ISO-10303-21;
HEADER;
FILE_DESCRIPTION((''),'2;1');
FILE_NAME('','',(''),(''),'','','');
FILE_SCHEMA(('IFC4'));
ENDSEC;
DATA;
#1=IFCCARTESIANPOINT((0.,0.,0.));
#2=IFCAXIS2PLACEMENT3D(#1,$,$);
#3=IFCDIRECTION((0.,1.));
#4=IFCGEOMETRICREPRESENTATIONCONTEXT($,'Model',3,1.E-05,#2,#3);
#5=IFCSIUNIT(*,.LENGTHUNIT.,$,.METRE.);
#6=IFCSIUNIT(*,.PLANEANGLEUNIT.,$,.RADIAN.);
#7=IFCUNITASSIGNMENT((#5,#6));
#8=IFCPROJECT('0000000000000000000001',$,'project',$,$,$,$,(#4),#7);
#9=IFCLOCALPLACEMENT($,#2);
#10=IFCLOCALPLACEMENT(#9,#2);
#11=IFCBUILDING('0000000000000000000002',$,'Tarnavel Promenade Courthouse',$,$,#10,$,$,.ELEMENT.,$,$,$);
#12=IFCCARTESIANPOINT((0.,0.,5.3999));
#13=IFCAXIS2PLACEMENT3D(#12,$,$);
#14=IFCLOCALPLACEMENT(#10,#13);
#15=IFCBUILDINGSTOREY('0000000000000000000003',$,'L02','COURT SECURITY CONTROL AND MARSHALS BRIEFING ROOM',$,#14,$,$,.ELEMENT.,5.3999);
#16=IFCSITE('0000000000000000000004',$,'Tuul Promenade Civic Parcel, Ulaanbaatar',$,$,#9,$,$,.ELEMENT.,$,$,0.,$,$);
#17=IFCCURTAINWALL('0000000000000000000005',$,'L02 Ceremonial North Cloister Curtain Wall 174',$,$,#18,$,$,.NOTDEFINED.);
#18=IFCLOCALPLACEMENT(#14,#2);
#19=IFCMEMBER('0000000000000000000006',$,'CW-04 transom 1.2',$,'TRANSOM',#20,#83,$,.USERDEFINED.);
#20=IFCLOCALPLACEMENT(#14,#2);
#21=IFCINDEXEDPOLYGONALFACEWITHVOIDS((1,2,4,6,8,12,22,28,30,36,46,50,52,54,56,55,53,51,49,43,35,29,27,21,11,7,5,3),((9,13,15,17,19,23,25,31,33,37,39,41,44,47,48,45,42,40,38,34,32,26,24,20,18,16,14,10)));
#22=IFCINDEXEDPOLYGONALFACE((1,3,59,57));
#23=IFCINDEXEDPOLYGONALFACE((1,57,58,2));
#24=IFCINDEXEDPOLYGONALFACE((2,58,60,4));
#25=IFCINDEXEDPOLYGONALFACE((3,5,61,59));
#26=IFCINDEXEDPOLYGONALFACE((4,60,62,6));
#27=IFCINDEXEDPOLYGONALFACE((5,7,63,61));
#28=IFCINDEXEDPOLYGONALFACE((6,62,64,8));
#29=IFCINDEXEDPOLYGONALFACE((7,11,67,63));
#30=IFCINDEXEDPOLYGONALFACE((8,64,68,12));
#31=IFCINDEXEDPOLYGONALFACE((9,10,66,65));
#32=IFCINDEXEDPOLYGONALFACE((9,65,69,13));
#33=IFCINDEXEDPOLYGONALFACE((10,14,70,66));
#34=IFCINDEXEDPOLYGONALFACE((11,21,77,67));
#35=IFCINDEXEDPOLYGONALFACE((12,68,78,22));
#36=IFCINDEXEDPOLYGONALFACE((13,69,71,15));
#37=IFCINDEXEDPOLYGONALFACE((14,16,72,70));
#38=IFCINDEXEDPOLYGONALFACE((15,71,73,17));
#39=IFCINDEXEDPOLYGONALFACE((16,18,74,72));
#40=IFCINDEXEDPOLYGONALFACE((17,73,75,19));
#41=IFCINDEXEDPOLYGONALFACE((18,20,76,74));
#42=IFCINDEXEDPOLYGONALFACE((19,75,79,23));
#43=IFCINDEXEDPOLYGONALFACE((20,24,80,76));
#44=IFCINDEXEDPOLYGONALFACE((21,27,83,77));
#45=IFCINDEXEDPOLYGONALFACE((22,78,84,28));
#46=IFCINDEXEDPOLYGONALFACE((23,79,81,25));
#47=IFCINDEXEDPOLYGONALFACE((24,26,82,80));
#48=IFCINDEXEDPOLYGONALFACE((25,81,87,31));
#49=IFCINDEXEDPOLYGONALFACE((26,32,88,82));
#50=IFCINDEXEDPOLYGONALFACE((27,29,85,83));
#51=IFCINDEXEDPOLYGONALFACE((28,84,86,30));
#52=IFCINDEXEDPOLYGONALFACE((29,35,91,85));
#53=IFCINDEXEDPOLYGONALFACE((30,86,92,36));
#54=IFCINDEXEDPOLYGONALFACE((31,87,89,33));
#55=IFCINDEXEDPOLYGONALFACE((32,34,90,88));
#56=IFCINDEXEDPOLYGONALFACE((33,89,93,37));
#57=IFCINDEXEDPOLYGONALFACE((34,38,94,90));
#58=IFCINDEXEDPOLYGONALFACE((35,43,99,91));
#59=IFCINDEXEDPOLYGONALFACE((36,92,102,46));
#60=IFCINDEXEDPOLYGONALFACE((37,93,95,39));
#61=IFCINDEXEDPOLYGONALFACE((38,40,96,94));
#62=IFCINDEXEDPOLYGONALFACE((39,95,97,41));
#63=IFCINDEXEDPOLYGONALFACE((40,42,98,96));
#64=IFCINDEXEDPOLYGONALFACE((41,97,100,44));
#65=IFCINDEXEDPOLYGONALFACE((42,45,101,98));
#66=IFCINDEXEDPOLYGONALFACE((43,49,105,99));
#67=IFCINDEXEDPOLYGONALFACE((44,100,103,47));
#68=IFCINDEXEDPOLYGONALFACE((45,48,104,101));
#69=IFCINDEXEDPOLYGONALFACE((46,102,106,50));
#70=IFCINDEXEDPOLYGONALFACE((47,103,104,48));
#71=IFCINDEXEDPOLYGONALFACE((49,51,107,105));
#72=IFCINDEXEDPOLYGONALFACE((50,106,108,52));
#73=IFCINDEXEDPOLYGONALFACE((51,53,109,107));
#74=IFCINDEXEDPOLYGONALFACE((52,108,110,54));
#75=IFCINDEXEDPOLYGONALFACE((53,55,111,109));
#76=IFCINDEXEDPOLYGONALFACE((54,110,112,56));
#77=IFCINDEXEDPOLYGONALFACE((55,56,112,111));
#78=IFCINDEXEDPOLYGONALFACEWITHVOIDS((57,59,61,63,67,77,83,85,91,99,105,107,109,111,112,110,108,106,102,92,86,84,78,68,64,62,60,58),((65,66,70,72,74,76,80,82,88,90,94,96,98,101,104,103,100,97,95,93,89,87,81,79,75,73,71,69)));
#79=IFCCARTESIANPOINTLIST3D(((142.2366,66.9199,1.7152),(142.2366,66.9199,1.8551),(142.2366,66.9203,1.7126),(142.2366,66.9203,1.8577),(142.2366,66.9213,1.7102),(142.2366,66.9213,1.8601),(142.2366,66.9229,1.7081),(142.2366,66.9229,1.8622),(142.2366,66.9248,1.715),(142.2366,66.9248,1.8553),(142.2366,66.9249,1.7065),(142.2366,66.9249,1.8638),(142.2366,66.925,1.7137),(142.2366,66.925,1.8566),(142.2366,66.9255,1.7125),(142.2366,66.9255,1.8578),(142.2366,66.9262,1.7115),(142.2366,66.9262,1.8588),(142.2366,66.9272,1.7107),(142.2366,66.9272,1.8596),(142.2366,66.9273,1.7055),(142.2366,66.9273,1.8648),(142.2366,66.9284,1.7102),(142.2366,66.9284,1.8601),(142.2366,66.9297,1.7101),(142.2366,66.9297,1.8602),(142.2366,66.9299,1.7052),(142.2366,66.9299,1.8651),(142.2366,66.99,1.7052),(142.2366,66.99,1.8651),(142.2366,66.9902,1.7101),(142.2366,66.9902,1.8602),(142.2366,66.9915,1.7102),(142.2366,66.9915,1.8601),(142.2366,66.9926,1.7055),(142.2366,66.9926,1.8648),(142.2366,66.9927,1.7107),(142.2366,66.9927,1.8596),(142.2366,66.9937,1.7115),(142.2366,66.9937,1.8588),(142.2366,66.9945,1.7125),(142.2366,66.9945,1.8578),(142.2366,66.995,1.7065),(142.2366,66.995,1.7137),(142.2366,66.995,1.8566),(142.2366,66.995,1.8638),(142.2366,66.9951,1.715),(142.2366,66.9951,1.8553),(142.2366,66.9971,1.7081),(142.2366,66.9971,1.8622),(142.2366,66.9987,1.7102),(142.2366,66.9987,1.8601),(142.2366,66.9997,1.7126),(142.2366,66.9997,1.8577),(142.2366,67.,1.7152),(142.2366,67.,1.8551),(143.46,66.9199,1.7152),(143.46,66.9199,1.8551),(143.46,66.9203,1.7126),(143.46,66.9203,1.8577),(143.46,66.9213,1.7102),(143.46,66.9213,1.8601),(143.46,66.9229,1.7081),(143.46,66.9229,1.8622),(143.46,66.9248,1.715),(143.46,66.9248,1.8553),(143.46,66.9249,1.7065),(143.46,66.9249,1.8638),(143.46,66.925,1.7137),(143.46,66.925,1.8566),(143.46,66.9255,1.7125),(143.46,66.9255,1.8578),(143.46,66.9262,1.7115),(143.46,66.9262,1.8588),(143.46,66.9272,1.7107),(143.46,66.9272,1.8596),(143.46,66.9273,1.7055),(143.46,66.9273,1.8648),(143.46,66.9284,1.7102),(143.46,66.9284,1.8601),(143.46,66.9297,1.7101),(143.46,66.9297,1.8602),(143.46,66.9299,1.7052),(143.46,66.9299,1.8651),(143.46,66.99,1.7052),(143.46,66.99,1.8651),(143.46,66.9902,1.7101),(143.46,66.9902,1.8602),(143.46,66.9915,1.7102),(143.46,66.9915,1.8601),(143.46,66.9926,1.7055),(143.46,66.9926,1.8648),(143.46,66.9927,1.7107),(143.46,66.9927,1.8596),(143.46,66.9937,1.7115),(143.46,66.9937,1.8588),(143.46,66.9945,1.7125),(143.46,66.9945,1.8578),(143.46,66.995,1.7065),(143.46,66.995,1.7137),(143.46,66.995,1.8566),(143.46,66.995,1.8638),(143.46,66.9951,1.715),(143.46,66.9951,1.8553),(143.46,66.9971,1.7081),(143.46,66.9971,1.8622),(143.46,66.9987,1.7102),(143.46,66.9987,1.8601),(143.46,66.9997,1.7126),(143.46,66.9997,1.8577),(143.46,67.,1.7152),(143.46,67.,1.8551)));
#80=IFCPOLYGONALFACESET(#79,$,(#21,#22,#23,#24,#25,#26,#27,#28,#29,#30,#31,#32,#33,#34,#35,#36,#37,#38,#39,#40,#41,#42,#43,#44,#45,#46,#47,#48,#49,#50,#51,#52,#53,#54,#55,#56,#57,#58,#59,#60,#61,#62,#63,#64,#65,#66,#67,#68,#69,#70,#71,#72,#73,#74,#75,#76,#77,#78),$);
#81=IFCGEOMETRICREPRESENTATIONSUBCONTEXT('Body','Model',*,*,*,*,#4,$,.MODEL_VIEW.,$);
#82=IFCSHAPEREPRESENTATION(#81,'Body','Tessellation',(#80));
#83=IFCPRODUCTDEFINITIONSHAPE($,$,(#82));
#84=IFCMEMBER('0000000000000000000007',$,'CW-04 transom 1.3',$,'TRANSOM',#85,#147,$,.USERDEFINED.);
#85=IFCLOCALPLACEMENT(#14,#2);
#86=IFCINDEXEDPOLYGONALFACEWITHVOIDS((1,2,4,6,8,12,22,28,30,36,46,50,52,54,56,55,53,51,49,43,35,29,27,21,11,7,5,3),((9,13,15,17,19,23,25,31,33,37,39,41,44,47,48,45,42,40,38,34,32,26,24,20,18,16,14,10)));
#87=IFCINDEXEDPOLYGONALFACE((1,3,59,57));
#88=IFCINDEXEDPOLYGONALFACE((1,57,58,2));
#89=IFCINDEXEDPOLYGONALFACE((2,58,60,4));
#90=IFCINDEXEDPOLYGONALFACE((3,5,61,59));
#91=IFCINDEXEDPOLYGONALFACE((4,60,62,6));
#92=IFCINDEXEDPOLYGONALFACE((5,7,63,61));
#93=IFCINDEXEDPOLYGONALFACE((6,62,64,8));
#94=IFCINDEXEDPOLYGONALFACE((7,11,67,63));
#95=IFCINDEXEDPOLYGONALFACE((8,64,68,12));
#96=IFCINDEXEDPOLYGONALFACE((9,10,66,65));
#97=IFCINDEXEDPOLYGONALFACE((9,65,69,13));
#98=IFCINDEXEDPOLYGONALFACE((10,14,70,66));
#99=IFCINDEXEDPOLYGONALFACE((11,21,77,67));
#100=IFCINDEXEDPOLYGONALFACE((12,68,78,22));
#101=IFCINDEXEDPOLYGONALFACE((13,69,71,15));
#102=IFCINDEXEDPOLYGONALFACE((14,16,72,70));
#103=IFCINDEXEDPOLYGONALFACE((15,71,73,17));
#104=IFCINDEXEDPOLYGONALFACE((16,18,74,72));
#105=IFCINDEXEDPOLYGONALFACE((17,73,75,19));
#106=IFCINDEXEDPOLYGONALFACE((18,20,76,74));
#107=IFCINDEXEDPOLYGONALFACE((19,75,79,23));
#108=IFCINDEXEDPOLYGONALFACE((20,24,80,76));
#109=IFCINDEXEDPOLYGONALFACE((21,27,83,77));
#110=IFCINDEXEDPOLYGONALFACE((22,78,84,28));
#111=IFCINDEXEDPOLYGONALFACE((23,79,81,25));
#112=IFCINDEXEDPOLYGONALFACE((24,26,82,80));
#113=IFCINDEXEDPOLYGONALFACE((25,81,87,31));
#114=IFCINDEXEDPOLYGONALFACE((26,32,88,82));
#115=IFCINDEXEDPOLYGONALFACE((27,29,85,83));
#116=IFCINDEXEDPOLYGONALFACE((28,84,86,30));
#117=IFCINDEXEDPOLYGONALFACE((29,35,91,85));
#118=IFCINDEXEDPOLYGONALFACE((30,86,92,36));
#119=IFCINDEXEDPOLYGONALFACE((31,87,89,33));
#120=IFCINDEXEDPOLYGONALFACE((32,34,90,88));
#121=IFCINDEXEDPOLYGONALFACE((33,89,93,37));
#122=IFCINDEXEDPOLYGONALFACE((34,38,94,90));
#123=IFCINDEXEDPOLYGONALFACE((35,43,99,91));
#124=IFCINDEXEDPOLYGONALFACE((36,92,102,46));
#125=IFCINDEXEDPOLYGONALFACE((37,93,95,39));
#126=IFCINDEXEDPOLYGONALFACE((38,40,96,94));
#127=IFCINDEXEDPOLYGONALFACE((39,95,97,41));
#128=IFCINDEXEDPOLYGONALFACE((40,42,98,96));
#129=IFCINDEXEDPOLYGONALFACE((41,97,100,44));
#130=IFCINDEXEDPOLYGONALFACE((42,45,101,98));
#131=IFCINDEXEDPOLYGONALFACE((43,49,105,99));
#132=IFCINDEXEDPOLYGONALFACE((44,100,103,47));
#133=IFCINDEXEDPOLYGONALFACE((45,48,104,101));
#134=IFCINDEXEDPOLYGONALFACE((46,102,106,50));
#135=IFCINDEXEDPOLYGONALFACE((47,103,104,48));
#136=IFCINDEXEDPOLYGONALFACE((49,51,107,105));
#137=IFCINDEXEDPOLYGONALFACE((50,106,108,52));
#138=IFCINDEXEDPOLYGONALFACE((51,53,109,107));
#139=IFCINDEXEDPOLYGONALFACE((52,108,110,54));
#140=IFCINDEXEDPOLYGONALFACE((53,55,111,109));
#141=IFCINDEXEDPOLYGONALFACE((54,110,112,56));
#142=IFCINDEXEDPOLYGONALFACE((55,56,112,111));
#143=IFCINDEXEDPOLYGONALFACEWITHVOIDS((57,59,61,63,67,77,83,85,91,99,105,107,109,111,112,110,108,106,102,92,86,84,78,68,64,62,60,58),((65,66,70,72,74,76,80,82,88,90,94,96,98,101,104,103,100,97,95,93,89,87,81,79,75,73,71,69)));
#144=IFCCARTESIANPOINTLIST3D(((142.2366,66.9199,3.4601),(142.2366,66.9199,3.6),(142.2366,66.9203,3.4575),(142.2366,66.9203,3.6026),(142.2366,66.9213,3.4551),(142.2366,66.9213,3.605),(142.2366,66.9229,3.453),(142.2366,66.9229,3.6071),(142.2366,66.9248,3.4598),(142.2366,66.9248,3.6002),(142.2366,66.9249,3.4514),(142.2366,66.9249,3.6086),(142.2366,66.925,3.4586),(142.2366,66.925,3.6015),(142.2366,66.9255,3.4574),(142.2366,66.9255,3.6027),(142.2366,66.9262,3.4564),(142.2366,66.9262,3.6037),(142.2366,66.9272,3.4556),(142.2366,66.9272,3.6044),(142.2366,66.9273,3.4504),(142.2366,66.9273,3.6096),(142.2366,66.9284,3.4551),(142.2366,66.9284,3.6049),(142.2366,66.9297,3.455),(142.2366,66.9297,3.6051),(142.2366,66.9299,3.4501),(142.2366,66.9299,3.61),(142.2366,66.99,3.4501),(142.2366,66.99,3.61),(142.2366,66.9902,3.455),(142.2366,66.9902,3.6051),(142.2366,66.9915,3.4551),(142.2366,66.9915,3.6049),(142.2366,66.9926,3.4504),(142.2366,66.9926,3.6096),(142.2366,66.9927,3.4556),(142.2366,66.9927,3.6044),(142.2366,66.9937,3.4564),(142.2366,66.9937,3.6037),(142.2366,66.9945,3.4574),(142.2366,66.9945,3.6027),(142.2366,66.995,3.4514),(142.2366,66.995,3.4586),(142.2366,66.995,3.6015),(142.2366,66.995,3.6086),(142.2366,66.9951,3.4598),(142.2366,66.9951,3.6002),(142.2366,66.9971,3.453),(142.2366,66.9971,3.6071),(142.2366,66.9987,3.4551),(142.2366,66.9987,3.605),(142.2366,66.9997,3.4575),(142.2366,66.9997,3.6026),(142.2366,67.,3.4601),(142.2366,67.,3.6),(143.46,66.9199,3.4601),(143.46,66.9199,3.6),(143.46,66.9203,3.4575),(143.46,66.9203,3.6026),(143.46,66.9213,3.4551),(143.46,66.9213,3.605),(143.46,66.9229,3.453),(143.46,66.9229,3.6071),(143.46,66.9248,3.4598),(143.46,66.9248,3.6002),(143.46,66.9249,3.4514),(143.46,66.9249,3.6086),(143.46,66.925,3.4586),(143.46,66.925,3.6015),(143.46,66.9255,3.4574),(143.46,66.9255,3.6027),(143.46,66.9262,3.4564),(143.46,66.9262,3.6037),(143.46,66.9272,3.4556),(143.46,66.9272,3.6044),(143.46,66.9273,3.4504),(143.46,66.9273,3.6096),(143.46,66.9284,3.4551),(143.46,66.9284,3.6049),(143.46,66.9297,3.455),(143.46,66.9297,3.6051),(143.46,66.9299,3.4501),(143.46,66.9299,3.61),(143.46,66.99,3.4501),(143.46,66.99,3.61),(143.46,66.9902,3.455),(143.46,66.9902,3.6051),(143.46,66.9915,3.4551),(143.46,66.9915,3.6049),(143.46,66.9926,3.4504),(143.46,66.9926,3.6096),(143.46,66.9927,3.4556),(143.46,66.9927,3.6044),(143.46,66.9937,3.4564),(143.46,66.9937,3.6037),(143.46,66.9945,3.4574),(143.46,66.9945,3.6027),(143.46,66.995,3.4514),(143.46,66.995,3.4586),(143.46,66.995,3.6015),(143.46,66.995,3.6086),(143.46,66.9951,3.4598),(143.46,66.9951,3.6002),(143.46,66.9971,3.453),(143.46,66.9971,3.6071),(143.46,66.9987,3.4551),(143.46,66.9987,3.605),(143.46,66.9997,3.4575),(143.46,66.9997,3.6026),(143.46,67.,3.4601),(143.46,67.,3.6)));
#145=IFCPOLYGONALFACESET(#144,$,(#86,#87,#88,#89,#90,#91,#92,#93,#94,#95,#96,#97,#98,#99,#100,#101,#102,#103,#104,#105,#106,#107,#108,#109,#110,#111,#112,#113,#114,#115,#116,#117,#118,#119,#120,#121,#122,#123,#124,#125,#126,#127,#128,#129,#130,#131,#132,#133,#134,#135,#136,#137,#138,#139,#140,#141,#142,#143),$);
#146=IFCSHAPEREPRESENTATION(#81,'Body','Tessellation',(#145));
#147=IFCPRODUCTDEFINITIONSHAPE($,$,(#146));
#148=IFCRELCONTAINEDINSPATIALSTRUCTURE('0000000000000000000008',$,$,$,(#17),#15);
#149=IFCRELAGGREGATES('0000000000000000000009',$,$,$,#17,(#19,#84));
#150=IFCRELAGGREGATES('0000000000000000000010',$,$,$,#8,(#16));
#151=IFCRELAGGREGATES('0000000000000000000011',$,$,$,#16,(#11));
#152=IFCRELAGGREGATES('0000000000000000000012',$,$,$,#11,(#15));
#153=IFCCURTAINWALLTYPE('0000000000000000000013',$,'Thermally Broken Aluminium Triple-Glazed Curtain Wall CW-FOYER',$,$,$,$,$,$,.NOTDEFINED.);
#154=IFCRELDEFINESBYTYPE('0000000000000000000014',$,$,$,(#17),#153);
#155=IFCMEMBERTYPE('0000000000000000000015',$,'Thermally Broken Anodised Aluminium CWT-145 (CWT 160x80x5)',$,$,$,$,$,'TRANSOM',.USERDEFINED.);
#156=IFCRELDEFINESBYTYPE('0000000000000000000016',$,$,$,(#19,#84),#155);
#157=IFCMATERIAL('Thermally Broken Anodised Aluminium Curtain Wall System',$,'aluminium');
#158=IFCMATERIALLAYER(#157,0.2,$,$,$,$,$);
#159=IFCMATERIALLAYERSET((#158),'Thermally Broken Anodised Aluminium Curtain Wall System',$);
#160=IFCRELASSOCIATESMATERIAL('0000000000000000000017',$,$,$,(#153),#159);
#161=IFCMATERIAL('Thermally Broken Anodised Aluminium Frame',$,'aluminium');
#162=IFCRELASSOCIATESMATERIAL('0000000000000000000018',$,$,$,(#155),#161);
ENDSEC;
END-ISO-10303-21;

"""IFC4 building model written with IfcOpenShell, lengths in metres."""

from ifc_helpers import new_model, si_unit, direction, frame, origin, origin_2d, place, context, subcontext, project, spatial, hollow_rectangle, extrude, material, layer, layer_set, material_profile, profile_set, type_object, element, aggregate, save


model = new_model("IFC4")

# Units and contexts
model_context = context("Model", 3, precision=1e-05, world=origin(), true_north=direction((0.0, 1.0)))
body_context = subcontext(model_context, "Body", "Model", "MODEL_VIEW")
ifc_project = project(units=[si_unit("LENGTHUNIT", "METRE"), si_unit("PLANEANGLEUNIT", "RADIAN")], contexts=[model_context])

# Site, building, storey
site_placement = place(None, origin())
site = spatial("IfcSite", under=ifc_project, at=site_placement, Name="Tuul Promenade Civic Parcel, Ulaanbaatar", CompositionType="ELEMENT", RefElevation=0.0)
building_placement = place(site_placement, origin())
building = spatial("IfcBuilding", under=site, at=building_placement, Name="Tarnavel Promenade Courthouse", CompositionType="ELEMENT")
storey_placement = place(building_placement, frame((0.0, 0.0, 5.3999)))
storey = spatial("IfcBuildingStorey", under=building, at=storey_placement, Name="L02", Description="COURT SECURITY CONTROL AND MARSHALS BRIEFING ROOM", CompositionType="ELEMENT", Elevation=5.3999)

# Curtain wall
ifc_material_1 = material(Name="Thermally Broken Anodised Aluminium Curtain Wall System", Category="aluminium")
ifc_layer_1 = layer(ifc_material_1, 0.2)
ifc_layer_set_1 = layer_set([ifc_layer_1], Name="Thermally Broken Anodised Aluminium Curtain Wall System")
curtain_wall_type = type_object("IfcCurtainWallType", Name="Thermally Broken Aluminium Triple-Glazed Curtain Wall CW-FOYER", PredefinedType="NOTDEFINED", material=ifc_layer_set_1)
curtain_wall_1_placement = place(storey_placement, origin())
curtain_wall_1 = element("IfcCurtainWall", 1, at=curtain_wall_1_placement, inside=storey, type_object=curtain_wall_type, Name="L02 Ceremonial North Cloister Curtain Wall 174", PredefinedType="NOTDEFINED")
ifc_material_2 = material(Name="Thermally Broken Anodised Aluminium Frame", Category="aluminium")

# Members
ifc_material_profile_1 = material_profile(ifc_material_2, hollow_rectangle(XDim=0.0801, YDim=0.1599, WallThickness=0.0049, InnerFilletRadius=0.0049, OuterFilletRadius=0.01, at=origin_2d()), Name="CWT 160x80x5")
ifc_profile_set_1 = profile_set([ifc_material_profile_1], Name="Thermally Broken Anodised Aluminium Frame")
member_type_1 = type_object("IfcMemberType", Name="Thermally Broken Anodised Aluminium CWT-145 (CWT 160x80x5)", ElementType="TRANSOM", PredefinedType="USERDEFINED", material=ifc_profile_set_1)
member_1_placement = place(storey_placement, frame((143.46, 66.96, 1.7852), z_axis=(-1.0, 0.0, 0.0), x_axis=(0.0, -1.0, 0.0)))
member_1 = element("IfcMember", 2, at=member_1_placement, type_object=member_type_1, Name="CW-04 transom 1.2", ObjectType="TRANSOM", PredefinedType="USERDEFINED", context=body_context, shape_type="SweptSolid", body=[
    extrude(hollow_rectangle(XDim=0.0801, YDim=0.1599, WallThickness=0.0049, InnerFilletRadius=0.0049, OuterFilletRadius=0.01, at=origin_2d()), origin(), (0.0, 0.0, 1.0), 1.2234),
])
member_2_placement = place(storey_placement, frame((143.46, 66.96, 3.53), z_axis=(-1.0, 0.0, 0.0), x_axis=(0.0, -1.0, 0.0)))
member_2 = element("IfcMember", 3, at=member_2_placement, type_object=member_type_1, Name="CW-04 transom 1.3", ObjectType="TRANSOM", PredefinedType="USERDEFINED", context=body_context, shape_type="SweptSolid", body=[
    extrude(hollow_rectangle(XDim=0.0801, YDim=0.1599, WallThickness=0.0049, InnerFilletRadius=0.0049, OuterFilletRadius=0.01, at=origin_2d()), origin(), (0.0, 0.0, 1.0), 1.2234),
])

aggregate(curtain_wall_1, [member_1, member_2])

save(model, "model.ifc")
